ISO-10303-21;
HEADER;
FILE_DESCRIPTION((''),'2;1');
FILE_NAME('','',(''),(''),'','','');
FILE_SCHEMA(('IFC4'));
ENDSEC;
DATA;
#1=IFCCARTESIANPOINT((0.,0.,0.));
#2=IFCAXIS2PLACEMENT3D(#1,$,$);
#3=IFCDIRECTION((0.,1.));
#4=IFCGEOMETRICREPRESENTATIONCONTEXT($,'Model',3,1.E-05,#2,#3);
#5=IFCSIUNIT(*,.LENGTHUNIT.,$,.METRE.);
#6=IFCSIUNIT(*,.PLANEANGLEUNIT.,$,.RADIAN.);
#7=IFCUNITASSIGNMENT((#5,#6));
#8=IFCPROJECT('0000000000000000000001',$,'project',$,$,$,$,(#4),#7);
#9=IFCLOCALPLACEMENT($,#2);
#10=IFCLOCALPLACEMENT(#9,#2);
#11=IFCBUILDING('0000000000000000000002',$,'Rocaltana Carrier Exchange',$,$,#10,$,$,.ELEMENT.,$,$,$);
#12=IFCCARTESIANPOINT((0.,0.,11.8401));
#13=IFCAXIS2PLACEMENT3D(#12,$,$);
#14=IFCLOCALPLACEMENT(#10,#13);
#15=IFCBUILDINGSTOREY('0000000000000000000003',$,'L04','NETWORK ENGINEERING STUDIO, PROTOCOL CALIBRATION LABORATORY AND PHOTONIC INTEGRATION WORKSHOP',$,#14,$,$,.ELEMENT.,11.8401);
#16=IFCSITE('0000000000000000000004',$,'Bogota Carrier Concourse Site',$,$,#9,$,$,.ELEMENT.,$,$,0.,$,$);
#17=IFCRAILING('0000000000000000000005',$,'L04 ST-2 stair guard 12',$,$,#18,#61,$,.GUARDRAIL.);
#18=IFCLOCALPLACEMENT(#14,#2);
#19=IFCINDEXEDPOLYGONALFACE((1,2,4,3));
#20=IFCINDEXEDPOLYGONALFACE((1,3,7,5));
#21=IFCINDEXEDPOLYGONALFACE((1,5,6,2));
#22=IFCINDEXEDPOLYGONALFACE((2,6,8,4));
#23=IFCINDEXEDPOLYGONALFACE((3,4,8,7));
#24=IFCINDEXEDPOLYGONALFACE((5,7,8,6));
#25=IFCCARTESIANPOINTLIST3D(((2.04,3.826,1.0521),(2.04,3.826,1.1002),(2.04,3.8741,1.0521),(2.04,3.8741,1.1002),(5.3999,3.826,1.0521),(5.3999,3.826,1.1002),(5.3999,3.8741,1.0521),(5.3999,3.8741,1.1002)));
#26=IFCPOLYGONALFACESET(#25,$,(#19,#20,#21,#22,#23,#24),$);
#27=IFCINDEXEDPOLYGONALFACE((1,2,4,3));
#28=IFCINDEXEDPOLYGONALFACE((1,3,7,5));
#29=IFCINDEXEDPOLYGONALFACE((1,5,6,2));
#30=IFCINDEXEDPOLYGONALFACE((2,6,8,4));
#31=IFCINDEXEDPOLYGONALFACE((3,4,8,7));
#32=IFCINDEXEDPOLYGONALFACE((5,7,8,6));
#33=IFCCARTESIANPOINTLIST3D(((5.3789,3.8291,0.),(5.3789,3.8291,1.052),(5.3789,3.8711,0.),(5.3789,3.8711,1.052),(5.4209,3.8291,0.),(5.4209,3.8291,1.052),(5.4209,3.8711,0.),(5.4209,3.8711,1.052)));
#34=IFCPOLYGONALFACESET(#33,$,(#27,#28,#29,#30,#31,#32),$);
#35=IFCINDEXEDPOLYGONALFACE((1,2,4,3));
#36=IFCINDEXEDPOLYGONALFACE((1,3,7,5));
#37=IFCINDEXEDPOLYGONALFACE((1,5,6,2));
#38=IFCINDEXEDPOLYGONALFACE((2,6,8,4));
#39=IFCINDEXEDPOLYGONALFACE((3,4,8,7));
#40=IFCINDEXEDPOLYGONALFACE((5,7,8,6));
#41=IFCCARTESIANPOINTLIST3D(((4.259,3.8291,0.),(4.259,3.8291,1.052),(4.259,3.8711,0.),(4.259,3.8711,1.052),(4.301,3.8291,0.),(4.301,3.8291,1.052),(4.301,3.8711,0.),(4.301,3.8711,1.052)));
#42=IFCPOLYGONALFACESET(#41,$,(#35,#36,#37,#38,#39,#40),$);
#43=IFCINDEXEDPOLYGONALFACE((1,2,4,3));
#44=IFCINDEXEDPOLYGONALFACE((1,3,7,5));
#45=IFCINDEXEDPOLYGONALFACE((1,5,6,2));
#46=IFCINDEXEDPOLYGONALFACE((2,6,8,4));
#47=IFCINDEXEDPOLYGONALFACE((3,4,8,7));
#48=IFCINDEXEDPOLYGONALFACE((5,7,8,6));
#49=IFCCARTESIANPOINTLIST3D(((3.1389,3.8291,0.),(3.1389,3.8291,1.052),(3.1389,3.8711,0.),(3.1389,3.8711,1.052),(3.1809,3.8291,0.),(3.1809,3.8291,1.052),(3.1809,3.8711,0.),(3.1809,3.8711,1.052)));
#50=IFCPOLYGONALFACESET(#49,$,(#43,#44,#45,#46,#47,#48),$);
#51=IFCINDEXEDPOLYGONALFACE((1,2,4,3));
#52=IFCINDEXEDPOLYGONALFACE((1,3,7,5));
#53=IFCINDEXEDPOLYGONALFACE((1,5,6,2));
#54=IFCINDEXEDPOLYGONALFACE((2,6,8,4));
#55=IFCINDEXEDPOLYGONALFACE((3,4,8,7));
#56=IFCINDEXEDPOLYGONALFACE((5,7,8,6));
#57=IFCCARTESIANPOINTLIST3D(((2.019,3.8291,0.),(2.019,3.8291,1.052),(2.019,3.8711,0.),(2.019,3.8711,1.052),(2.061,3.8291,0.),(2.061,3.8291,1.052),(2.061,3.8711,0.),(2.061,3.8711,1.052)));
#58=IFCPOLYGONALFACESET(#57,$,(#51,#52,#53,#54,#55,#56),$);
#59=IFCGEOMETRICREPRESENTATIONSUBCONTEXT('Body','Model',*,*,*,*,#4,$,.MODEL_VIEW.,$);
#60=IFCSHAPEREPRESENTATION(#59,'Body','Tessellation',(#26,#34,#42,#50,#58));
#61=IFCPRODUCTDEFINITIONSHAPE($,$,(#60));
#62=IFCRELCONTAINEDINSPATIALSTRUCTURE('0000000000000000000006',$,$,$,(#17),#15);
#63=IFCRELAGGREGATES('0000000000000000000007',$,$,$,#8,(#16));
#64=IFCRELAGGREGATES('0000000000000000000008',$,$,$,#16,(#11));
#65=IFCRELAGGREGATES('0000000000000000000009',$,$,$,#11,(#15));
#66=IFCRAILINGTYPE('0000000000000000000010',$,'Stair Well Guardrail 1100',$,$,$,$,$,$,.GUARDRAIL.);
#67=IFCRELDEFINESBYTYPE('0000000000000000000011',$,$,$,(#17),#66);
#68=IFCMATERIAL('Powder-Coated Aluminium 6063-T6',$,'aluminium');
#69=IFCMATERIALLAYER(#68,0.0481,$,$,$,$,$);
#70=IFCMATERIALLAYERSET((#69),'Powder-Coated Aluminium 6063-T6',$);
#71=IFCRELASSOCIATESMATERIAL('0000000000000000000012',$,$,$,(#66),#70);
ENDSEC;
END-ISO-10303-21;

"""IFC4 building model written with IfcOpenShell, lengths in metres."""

from ifc_helpers import new_model, si_unit, direction, frame, origin, origin_2d, place, context, subcontext, project, spatial, rectangle, extrude, material, layer, layer_set, type_object, element, save


model = new_model("IFC4")

# Units and contexts
model_context = context("Model", 3, precision=1e-05, world=origin(), true_north=direction((0.0, 1.0)))
body_context = subcontext(model_context, "Body", "Model", "MODEL_VIEW")
ifc_project = project(units=[si_unit("LENGTHUNIT", "METRE"), si_unit("PLANEANGLEUNIT", "RADIAN")], contexts=[model_context])

# Site, building, storey
site_placement = place(None, origin())
site = spatial("IfcSite", under=ifc_project, at=site_placement, Name="Bogota Carrier Concourse Site", CompositionType="ELEMENT", RefElevation=0.0)
building_placement = place(site_placement, origin())
building = spatial("IfcBuilding", under=site, at=building_placement, Name="Rocaltana Carrier Exchange", CompositionType="ELEMENT")
storey_placement = place(building_placement, frame((0.0, 0.0, 11.8401)))
storey = spatial("IfcBuildingStorey", under=building, at=storey_placement, Name="L04", Description="NETWORK ENGINEERING STUDIO, PROTOCOL CALIBRATION LABORATORY AND PHOTONIC INTEGRATION WORKSHOP", CompositionType="ELEMENT", Elevation=11.8401)

# Railing
ifc_material_1 = material(Name="Powder-Coated Aluminium 6063-T6", Category="aluminium")
ifc_layer_1 = layer(ifc_material_1, 0.0481)
ifc_layer_set_1 = layer_set([ifc_layer_1], Name="Powder-Coated Aluminium 6063-T6")
railing_type_1 = type_object("IfcRailingType", Name="Stair Well Guardrail 1100", PredefinedType="GUARDRAIL", material=ifc_layer_set_1)
railing_1_placement = place(storey_placement, frame((5.3999, 3.8501, 0.0)))
element("IfcRailing", 1, at=railing_1_placement, inside=storey, type_object=railing_type_1, Name="L04 ST-2 stair guard 12", PredefinedType="GUARDRAIL", context=body_context, shape_type="SweptSolid", body=[
    extrude(rectangle(XDim=0.0481, YDim=0.0481, at=origin_2d()), frame((0.0, 0.0, 1.0762), z_axis=(-1.0, 0.0, 0.0), x_axis=(0.0, -1.0, 0.0)), (0.0, 0.0, 1.0), 3.3599),
    extrude(rectangle(XDim=0.042, YDim=0.042, at=origin_2d()), origin(), (0.0, 0.0, 1.0), 1.052),
    extrude(rectangle(XDim=0.042, YDim=0.042, at=origin_2d()), frame((-1.1199, 0.0, 0.0)), (0.0, 0.0, 1.0), 1.052),
    extrude(rectangle(XDim=0.042, YDim=0.042, at=origin_2d()), frame((-2.24, 0.0, 0.0)), (0.0, 0.0, 1.0), 1.052),
    extrude(rectangle(XDim=0.042, YDim=0.042, at=origin_2d()), frame((-3.3599, 0.0, 0.0)), (0.0, 0.0, 1.0), 1.052),
])

save(model, "model.ifc")
